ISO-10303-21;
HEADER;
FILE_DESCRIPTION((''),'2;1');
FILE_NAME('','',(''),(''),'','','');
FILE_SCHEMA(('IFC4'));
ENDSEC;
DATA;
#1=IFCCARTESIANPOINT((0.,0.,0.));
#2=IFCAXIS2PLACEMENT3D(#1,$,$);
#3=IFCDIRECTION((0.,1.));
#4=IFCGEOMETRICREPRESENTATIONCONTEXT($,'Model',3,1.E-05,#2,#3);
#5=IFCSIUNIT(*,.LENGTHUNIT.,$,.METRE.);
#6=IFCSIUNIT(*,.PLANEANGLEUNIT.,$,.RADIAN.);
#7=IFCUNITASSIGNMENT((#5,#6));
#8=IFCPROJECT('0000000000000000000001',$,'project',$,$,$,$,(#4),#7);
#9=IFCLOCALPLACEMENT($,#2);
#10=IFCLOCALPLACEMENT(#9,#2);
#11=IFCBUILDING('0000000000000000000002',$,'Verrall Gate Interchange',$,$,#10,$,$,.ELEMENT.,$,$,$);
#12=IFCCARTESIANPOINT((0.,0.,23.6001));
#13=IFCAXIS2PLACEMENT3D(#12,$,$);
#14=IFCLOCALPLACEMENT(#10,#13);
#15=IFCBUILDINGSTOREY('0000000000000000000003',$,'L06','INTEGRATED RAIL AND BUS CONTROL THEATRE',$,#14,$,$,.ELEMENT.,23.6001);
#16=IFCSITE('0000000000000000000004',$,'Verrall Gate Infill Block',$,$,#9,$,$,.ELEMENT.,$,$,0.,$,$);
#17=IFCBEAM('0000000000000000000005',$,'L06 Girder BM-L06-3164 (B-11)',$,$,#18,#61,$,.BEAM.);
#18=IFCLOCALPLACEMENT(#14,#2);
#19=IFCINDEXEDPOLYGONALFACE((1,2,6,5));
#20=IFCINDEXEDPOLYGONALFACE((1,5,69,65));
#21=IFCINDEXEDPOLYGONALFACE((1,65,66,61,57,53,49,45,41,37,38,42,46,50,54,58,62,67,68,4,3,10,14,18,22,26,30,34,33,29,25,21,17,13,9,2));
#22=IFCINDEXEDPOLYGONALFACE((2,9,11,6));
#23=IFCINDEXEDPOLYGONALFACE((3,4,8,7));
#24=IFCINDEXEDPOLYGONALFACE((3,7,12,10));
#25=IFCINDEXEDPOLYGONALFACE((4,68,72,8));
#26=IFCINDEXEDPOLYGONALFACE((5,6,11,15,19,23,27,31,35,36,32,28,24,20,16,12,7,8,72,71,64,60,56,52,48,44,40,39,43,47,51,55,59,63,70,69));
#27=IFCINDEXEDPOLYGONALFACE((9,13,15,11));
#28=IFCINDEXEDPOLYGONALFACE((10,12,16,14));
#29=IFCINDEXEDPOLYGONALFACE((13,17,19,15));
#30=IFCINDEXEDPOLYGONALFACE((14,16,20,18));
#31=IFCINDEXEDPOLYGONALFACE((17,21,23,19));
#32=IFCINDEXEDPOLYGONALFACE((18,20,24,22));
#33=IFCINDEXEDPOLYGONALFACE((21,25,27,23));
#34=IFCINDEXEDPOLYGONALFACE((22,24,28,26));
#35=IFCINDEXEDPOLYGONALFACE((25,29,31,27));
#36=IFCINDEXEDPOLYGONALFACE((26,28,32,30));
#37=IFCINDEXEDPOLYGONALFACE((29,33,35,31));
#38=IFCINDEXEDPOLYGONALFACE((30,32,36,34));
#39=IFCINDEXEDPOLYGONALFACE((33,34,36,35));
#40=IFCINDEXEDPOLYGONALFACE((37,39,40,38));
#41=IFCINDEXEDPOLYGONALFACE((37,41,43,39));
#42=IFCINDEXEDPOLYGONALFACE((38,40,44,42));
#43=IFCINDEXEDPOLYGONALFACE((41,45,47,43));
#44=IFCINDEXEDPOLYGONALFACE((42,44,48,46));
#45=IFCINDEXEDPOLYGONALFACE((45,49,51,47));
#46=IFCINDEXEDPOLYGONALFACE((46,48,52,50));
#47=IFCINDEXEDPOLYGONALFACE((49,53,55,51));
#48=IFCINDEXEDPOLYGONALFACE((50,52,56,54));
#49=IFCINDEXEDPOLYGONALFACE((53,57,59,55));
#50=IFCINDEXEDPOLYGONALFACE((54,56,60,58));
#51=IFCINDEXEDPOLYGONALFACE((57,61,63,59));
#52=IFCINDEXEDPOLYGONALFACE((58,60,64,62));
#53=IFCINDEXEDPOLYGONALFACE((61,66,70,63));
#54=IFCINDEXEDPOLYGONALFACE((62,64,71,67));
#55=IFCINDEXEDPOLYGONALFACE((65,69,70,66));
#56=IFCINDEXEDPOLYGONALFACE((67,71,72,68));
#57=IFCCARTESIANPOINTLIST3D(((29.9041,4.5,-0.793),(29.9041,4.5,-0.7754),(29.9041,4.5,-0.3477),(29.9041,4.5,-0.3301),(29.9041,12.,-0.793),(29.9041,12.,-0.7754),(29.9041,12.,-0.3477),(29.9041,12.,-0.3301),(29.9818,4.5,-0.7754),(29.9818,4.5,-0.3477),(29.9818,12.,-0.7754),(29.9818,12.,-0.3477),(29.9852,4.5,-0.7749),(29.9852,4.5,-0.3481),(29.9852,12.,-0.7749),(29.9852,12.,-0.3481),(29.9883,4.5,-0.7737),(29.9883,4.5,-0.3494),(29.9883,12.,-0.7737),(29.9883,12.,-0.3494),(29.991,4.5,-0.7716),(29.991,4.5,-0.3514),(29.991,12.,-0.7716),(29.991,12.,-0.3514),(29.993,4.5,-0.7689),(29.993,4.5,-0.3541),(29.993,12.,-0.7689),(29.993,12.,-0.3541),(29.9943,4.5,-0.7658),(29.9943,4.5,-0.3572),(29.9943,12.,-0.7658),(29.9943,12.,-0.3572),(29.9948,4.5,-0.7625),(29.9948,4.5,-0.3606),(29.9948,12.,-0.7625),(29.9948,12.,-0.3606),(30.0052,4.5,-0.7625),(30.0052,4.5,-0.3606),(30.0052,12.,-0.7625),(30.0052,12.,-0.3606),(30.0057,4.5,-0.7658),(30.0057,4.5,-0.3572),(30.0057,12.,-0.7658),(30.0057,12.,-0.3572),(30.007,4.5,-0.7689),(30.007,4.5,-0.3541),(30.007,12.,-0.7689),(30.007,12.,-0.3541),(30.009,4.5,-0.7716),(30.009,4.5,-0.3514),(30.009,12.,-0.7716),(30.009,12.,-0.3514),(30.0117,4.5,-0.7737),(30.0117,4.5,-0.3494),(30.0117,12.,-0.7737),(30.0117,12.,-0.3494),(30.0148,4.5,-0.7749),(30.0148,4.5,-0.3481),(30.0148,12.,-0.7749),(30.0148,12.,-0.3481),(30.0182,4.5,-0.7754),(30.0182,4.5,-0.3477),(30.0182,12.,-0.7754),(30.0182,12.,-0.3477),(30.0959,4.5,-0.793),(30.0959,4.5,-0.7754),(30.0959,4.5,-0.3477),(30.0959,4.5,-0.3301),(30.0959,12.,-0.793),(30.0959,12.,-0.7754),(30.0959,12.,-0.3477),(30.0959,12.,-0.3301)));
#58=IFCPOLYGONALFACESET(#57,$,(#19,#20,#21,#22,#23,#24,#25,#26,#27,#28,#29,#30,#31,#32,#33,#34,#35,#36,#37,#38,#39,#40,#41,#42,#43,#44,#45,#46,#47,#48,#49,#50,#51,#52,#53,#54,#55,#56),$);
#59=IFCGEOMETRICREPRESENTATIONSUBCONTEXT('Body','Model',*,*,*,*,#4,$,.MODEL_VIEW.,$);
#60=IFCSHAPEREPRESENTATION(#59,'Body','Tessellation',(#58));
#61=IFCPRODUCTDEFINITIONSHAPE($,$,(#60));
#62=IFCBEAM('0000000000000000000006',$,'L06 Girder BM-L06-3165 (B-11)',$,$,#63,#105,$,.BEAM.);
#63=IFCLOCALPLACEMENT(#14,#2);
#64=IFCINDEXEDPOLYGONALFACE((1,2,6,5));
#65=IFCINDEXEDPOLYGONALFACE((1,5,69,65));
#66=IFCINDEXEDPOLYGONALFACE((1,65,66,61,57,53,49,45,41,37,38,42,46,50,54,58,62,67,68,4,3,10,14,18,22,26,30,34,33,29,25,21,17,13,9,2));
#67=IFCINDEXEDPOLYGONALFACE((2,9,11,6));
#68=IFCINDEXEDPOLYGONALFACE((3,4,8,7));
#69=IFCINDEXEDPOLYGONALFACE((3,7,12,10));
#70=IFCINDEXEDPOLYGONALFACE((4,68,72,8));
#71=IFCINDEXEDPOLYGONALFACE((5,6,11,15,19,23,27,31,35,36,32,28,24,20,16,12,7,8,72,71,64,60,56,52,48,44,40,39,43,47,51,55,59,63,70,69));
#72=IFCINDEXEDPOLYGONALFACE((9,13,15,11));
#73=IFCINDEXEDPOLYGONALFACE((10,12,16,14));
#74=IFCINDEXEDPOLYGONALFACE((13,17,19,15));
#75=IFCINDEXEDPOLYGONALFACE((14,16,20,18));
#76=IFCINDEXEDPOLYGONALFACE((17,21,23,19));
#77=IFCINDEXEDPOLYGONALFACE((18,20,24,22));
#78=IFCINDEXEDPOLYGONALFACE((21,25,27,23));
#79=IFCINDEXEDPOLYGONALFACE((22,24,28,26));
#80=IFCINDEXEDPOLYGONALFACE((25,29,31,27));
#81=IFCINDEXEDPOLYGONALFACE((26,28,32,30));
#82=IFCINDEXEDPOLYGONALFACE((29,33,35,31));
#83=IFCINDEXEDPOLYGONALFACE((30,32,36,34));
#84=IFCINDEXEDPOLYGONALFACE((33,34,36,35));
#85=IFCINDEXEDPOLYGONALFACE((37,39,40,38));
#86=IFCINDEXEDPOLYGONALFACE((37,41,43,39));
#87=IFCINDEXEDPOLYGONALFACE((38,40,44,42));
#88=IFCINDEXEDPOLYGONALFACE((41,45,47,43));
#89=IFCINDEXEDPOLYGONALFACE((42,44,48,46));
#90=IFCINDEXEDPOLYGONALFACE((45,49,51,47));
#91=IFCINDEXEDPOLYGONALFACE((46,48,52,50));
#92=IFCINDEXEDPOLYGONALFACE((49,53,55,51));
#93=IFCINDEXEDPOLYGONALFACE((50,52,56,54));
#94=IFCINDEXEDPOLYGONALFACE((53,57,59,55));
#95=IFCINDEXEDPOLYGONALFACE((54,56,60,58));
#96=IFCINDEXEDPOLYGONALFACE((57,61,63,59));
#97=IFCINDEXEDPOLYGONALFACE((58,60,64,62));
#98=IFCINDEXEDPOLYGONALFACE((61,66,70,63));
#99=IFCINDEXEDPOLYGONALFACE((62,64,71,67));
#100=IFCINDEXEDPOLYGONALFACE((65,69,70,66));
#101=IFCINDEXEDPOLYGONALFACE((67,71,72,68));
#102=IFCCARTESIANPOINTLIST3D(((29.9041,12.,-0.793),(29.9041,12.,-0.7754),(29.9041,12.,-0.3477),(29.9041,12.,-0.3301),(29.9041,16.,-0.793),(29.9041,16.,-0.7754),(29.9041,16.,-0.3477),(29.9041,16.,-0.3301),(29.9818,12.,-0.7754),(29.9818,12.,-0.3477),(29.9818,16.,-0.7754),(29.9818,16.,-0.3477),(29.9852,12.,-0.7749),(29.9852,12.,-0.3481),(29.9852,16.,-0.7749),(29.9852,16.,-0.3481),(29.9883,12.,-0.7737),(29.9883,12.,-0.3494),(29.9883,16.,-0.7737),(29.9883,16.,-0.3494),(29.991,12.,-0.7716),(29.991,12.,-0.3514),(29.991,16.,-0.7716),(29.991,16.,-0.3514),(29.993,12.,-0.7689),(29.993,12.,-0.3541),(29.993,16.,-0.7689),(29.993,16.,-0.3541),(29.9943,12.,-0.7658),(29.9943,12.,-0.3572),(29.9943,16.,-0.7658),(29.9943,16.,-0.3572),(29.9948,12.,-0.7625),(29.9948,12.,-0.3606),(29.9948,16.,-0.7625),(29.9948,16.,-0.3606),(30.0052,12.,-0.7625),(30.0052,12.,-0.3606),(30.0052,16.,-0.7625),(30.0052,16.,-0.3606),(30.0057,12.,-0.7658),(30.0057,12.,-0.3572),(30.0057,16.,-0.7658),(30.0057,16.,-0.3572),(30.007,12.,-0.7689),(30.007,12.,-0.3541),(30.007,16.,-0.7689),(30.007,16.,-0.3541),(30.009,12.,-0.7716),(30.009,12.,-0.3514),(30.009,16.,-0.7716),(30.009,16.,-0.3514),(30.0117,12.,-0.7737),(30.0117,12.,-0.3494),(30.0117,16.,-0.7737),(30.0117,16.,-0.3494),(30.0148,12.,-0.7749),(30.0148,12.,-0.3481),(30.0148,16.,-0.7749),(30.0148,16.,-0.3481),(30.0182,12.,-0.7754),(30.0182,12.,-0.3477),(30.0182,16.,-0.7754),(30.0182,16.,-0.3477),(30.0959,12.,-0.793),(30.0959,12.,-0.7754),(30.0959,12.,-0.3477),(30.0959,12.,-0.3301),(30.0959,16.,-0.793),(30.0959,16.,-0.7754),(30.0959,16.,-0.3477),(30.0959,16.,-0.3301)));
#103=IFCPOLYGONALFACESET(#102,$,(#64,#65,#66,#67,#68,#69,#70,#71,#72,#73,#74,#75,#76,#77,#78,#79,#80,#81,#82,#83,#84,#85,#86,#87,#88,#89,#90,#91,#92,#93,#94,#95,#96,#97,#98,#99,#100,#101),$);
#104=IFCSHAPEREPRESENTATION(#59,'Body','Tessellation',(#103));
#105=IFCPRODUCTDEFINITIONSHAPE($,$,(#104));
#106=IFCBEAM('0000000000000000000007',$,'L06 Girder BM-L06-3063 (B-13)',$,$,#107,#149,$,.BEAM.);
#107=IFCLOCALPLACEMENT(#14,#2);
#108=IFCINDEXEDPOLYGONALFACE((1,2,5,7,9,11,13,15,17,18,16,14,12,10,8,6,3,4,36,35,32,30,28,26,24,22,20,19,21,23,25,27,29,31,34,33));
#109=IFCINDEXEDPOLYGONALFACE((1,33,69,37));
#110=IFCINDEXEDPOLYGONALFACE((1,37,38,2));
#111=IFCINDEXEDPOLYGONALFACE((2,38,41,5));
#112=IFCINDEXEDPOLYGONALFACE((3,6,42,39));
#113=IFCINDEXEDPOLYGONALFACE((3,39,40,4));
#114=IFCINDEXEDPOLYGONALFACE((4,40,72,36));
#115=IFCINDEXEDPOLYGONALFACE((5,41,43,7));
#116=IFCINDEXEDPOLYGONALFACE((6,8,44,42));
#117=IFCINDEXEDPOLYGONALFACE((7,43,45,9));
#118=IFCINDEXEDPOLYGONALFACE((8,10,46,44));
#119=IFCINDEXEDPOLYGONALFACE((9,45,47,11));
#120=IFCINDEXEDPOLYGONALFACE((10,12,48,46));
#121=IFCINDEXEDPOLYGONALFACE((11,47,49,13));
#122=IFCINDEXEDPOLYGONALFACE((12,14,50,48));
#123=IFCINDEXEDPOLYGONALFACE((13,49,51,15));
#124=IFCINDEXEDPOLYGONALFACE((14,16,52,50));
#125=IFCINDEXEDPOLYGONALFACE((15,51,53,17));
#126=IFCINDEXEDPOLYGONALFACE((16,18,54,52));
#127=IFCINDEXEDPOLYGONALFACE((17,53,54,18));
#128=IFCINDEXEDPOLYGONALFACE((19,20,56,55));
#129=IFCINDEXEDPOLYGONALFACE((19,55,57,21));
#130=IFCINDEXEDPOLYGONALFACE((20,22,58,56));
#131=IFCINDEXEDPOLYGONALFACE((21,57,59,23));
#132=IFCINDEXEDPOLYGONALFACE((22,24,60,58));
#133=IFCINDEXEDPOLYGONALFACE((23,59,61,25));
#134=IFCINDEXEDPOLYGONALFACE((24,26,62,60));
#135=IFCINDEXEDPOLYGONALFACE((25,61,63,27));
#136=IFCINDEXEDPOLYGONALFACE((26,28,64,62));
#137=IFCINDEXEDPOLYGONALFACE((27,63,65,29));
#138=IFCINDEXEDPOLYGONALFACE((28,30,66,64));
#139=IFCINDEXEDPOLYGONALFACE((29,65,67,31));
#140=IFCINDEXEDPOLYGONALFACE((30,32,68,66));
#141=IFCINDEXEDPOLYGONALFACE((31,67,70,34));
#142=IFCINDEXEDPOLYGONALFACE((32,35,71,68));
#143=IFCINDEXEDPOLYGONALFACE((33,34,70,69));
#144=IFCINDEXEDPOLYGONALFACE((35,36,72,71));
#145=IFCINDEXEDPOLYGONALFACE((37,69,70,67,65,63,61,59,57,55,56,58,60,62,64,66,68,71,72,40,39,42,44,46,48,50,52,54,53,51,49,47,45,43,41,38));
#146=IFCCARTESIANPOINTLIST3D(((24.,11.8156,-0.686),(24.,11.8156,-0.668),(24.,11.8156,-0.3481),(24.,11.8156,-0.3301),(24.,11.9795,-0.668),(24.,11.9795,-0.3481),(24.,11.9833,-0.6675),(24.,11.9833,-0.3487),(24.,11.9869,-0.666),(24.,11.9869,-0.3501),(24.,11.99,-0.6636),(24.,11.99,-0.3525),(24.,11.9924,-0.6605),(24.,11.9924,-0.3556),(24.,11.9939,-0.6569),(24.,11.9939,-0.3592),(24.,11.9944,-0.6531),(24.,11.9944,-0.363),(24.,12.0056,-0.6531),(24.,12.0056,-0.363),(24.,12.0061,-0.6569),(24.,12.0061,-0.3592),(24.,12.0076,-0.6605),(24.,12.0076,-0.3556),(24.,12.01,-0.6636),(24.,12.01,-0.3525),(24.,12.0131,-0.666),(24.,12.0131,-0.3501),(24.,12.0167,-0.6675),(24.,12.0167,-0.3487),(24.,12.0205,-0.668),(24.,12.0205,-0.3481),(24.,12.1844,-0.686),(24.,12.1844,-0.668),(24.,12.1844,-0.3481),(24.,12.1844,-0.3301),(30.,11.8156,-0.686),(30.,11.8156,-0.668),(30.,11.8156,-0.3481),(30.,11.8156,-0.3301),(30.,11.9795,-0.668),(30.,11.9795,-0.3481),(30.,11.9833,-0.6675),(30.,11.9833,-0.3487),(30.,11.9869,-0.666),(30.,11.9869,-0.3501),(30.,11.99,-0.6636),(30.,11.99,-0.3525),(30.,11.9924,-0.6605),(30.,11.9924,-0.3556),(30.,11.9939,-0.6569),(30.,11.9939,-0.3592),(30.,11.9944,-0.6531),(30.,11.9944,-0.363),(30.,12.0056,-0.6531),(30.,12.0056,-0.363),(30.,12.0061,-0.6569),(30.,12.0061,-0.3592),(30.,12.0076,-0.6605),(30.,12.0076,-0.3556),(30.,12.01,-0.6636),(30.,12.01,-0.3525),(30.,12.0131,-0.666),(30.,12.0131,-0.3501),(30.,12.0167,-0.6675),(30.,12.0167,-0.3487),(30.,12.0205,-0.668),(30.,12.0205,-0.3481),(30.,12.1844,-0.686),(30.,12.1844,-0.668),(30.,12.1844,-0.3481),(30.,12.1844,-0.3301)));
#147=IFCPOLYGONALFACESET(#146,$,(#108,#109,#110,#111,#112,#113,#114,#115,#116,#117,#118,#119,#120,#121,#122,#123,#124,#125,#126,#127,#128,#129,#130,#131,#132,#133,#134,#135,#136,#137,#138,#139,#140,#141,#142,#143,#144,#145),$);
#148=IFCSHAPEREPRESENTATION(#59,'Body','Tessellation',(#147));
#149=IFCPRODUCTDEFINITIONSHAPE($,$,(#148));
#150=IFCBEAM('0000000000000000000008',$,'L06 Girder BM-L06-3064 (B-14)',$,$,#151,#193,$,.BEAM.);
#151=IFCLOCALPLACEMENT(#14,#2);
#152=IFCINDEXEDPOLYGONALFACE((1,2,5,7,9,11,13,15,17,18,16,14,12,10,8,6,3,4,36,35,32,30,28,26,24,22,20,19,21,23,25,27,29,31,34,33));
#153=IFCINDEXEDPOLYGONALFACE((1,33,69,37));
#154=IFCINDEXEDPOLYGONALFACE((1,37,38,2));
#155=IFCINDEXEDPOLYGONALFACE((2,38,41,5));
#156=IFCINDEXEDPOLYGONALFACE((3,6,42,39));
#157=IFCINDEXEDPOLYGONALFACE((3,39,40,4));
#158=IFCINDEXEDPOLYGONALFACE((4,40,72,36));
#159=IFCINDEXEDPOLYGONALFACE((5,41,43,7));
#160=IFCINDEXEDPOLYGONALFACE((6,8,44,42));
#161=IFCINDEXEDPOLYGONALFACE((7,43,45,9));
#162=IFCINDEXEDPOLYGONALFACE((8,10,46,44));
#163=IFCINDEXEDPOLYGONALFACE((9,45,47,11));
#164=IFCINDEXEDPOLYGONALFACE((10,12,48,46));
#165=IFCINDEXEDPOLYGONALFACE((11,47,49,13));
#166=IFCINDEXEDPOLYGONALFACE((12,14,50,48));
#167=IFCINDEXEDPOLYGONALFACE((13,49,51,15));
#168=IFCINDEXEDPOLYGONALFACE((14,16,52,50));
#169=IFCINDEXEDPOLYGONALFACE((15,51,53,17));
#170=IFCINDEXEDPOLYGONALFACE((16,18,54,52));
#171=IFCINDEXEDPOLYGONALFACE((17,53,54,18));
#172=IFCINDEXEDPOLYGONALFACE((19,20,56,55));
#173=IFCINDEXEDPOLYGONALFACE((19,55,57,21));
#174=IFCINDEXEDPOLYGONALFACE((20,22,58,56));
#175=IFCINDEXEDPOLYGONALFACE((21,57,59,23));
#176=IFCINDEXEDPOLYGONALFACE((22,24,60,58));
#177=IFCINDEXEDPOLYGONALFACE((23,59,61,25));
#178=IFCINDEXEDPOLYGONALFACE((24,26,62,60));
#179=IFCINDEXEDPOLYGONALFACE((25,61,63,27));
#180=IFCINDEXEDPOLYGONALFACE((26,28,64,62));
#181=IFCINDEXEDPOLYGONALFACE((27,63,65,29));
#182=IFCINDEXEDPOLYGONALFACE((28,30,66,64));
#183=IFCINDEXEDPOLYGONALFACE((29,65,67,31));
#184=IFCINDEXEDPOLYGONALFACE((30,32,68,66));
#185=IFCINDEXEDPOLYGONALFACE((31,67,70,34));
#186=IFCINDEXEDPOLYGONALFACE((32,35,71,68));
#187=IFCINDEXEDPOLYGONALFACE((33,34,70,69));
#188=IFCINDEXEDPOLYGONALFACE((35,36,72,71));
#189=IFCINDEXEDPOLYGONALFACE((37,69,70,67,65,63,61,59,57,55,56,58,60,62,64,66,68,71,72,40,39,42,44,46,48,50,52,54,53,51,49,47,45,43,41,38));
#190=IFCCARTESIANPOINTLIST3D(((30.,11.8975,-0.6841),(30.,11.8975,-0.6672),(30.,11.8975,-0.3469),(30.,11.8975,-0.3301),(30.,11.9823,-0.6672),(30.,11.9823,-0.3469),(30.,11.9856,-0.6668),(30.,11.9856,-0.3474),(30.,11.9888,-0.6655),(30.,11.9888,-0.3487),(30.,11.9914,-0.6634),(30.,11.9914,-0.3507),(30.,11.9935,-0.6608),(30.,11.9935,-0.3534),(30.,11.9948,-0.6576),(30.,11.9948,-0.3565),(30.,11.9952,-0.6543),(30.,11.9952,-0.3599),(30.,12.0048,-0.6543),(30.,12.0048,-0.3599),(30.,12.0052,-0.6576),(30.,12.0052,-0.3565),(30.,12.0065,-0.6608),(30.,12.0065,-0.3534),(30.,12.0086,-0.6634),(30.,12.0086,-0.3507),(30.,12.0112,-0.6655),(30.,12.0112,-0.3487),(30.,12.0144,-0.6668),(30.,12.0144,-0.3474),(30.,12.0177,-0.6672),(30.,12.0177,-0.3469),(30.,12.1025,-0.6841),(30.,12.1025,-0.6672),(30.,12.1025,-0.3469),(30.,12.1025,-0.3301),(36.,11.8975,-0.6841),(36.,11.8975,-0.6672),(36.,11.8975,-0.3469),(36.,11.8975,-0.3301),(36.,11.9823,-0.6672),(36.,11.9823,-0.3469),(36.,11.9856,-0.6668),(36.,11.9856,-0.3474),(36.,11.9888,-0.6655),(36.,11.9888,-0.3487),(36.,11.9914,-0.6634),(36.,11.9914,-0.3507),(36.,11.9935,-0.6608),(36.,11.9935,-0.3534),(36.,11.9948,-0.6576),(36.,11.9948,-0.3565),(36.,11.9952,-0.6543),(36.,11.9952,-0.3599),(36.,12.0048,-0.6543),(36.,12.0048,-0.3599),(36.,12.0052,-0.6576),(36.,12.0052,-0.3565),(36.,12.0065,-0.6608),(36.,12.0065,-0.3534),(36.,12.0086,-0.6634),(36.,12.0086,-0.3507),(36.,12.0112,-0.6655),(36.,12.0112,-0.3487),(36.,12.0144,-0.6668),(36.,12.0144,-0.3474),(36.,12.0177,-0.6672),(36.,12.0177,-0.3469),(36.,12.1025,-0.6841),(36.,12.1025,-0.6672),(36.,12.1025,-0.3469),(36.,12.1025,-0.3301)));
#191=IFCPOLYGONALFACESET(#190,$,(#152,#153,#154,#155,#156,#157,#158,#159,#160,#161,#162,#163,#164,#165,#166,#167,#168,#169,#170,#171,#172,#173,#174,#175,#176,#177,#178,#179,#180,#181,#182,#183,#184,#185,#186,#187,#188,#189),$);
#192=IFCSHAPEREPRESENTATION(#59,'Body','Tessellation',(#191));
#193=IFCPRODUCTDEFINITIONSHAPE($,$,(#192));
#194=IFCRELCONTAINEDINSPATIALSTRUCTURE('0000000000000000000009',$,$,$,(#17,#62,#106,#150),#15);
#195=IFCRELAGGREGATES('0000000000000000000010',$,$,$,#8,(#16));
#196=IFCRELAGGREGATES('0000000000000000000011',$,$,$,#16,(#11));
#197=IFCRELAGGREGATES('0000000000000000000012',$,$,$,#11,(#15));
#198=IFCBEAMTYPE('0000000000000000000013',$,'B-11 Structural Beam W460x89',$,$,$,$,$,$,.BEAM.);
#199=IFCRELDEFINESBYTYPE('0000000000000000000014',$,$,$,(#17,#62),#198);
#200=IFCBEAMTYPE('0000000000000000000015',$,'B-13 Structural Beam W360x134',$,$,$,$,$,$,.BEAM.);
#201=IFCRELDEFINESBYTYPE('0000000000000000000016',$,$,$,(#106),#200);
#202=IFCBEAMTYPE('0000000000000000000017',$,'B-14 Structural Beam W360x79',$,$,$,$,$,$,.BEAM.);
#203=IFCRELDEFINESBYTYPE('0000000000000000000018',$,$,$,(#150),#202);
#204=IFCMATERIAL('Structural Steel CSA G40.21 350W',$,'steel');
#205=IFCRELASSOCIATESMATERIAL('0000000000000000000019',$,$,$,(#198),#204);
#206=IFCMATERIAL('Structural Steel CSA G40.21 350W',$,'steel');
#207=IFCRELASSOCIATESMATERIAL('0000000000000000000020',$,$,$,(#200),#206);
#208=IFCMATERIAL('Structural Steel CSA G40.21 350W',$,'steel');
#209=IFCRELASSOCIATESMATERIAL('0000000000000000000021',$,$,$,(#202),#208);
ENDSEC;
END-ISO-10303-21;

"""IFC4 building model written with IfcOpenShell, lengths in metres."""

from ifc_helpers import new_model, si_unit, direction, frame, origin, origin_2d, place, context, subcontext, project, spatial, i_section, extrude, material, material_profile, profile_set, type_object, element, save


model = new_model("IFC4")

# Units and contexts
model_context = context("Model", 3, precision=1e-05, world=origin(), true_north=direction((0.0, 1.0)))
body_context = subcontext(model_context, "Body", "Model", "MODEL_VIEW")
ifc_project = project(units=[si_unit("LENGTHUNIT", "METRE"), si_unit("PLANEANGLEUNIT", "RADIAN")], contexts=[model_context])

# Site, building, storey
site_placement = place(None, origin())
site = spatial("IfcSite", under=ifc_project, at=site_placement, Name="Verrall Gate Infill Block", CompositionType="ELEMENT", RefElevation=0.0)
building_placement = place(site_placement, origin())
building = spatial("IfcBuilding", under=site, at=building_placement, Name="Verrall Gate Interchange", CompositionType="ELEMENT")
storey_placement = place(building_placement, frame((0.0, 0.0, 23.6001)))
storey = spatial("IfcBuildingStorey", under=building, at=storey_placement, Name="L06", Description="INTEGRATED RAIL AND BUS CONTROL THEATRE", CompositionType="ELEMENT", Elevation=23.6001)

# Beams
ifc_material_1 = material(Name="Structural Steel CSA G40.21 350W", Category="steel")
ifc_material_profile_1 = material_profile(ifc_material_1, i_section(OverallWidth=0.1919, OverallDepth=0.4629, WebThickness=0.0105, FlangeThickness=0.0176, FilletRadius=0.0129, at=origin_2d()), Name="W460x89")
ifc_profile_set_1 = profile_set([ifc_material_profile_1], Name="Structural Steel CSA G40.21 350W")
beam_type_1 = type_object("IfcBeamType", Name="B-11 Structural Beam W460x89", PredefinedType="BEAM", material=ifc_profile_set_1)
beam_1_placement = place(storey_placement, frame((30.0, 4.5, -0.5615), z_axis=(0.0, 1.0, 0.0), x_axis=(-1.0, 0.0, 0.0)))
element("IfcBeam", 1, at=beam_1_placement, inside=storey, type_object=beam_type_1, Name="L06 Girder BM-L06-3164 (B-11)", PredefinedType="BEAM", context=body_context, shape_type="SweptSolid", body=[
    extrude(i_section(OverallWidth=0.1919, OverallDepth=0.4629, WebThickness=0.0105, FlangeThickness=0.0176, FilletRadius=0.0129, at=origin_2d()), origin(), (0.0, 0.0, 1.0), 7.5),
])
beam_2_placement = place(storey_placement, frame((30.0, 12.0, -0.5615), z_axis=(0.0, 1.0, 0.0), x_axis=(-1.0, 0.0, 0.0)))
element("IfcBeam", 2, at=beam_2_placement, inside=storey, type_object=beam_type_1, Name="L06 Girder BM-L06-3165 (B-11)", PredefinedType="BEAM", context=body_context, shape_type="SweptSolid", body=[
    extrude(i_section(OverallWidth=0.1919, OverallDepth=0.4629, WebThickness=0.0105, FlangeThickness=0.0176, FilletRadius=0.0129, at=origin_2d()), origin(), (0.0, 0.0, 1.0), 4.0),
])
ifc_material_2 = material(Name="Structural Steel CSA G40.21 350W", Category="steel")
ifc_material_profile_2 = material_profile(ifc_material_2, i_section(OverallWidth=0.3689, OverallDepth=0.356, WebThickness=0.0112, FlangeThickness=0.0181, FilletRadius=0.0149, at=origin_2d()), Name="W360x134")
ifc_profile_set_2 = profile_set([ifc_material_profile_2], Name="Structural Steel CSA G40.21 350W")
beam_type_2 = type_object("IfcBeamType", Name="B-13 Structural Beam W360x134", PredefinedType="BEAM", material=ifc_profile_set_2)
beam_3_placement = place(storey_placement, frame((24.0, 12.0, -0.5081), z_axis=(1.0, 0.0, 0.0), x_axis=(0.0, 1.0, 0.0)))
element("IfcBeam", 3, at=beam_3_placement, inside=storey, type_object=beam_type_2, Name="L06 Girder BM-L06-3063 (B-13)", PredefinedType="BEAM", context=body_context, shape_type="SweptSolid", body=[
    extrude(i_section(OverallWidth=0.3689, OverallDepth=0.356, WebThickness=0.0112, FlangeThickness=0.0181, FilletRadius=0.0149, at=origin_2d()), origin(), (0.0, 0.0, 1.0), 6.0),
])
ifc_material_3 = material(Name="Structural Steel CSA G40.21 350W", Category="steel")
ifc_material_profile_3 = material_profile(ifc_material_3, i_section(OverallWidth=0.2051, OverallDepth=0.354, WebThickness=0.0095, FlangeThickness=0.0168, FilletRadius=0.0129, at=origin_2d()), Name="W360x79")
ifc_profile_set_3 = profile_set([ifc_material_profile_3], Name="Structural Steel CSA G40.21 350W")
beam_type_3 = type_object("IfcBeamType", Name="B-14 Structural Beam W360x79", PredefinedType="BEAM", material=ifc_profile_set_3)
beam_4_placement = place(storey_placement, frame((30.0, 12.0, -0.5071), z_axis=(1.0, 0.0, 0.0), x_axis=(0.0, 1.0, 0.0)))
element("IfcBeam", 4, at=beam_4_placement, inside=storey, type_object=beam_type_3, Name="L06 Girder BM-L06-3064 (B-14)", PredefinedType="BEAM", context=body_context, shape_type="SweptSolid", body=[
    extrude(i_section(OverallWidth=0.2051, OverallDepth=0.354, WebThickness=0.0095, FlangeThickness=0.0168, FilletRadius=0.0129, at=origin_2d()), origin(), (0.0, 0.0, 1.0), 6.0),
])

save(model, "model.ifc")
